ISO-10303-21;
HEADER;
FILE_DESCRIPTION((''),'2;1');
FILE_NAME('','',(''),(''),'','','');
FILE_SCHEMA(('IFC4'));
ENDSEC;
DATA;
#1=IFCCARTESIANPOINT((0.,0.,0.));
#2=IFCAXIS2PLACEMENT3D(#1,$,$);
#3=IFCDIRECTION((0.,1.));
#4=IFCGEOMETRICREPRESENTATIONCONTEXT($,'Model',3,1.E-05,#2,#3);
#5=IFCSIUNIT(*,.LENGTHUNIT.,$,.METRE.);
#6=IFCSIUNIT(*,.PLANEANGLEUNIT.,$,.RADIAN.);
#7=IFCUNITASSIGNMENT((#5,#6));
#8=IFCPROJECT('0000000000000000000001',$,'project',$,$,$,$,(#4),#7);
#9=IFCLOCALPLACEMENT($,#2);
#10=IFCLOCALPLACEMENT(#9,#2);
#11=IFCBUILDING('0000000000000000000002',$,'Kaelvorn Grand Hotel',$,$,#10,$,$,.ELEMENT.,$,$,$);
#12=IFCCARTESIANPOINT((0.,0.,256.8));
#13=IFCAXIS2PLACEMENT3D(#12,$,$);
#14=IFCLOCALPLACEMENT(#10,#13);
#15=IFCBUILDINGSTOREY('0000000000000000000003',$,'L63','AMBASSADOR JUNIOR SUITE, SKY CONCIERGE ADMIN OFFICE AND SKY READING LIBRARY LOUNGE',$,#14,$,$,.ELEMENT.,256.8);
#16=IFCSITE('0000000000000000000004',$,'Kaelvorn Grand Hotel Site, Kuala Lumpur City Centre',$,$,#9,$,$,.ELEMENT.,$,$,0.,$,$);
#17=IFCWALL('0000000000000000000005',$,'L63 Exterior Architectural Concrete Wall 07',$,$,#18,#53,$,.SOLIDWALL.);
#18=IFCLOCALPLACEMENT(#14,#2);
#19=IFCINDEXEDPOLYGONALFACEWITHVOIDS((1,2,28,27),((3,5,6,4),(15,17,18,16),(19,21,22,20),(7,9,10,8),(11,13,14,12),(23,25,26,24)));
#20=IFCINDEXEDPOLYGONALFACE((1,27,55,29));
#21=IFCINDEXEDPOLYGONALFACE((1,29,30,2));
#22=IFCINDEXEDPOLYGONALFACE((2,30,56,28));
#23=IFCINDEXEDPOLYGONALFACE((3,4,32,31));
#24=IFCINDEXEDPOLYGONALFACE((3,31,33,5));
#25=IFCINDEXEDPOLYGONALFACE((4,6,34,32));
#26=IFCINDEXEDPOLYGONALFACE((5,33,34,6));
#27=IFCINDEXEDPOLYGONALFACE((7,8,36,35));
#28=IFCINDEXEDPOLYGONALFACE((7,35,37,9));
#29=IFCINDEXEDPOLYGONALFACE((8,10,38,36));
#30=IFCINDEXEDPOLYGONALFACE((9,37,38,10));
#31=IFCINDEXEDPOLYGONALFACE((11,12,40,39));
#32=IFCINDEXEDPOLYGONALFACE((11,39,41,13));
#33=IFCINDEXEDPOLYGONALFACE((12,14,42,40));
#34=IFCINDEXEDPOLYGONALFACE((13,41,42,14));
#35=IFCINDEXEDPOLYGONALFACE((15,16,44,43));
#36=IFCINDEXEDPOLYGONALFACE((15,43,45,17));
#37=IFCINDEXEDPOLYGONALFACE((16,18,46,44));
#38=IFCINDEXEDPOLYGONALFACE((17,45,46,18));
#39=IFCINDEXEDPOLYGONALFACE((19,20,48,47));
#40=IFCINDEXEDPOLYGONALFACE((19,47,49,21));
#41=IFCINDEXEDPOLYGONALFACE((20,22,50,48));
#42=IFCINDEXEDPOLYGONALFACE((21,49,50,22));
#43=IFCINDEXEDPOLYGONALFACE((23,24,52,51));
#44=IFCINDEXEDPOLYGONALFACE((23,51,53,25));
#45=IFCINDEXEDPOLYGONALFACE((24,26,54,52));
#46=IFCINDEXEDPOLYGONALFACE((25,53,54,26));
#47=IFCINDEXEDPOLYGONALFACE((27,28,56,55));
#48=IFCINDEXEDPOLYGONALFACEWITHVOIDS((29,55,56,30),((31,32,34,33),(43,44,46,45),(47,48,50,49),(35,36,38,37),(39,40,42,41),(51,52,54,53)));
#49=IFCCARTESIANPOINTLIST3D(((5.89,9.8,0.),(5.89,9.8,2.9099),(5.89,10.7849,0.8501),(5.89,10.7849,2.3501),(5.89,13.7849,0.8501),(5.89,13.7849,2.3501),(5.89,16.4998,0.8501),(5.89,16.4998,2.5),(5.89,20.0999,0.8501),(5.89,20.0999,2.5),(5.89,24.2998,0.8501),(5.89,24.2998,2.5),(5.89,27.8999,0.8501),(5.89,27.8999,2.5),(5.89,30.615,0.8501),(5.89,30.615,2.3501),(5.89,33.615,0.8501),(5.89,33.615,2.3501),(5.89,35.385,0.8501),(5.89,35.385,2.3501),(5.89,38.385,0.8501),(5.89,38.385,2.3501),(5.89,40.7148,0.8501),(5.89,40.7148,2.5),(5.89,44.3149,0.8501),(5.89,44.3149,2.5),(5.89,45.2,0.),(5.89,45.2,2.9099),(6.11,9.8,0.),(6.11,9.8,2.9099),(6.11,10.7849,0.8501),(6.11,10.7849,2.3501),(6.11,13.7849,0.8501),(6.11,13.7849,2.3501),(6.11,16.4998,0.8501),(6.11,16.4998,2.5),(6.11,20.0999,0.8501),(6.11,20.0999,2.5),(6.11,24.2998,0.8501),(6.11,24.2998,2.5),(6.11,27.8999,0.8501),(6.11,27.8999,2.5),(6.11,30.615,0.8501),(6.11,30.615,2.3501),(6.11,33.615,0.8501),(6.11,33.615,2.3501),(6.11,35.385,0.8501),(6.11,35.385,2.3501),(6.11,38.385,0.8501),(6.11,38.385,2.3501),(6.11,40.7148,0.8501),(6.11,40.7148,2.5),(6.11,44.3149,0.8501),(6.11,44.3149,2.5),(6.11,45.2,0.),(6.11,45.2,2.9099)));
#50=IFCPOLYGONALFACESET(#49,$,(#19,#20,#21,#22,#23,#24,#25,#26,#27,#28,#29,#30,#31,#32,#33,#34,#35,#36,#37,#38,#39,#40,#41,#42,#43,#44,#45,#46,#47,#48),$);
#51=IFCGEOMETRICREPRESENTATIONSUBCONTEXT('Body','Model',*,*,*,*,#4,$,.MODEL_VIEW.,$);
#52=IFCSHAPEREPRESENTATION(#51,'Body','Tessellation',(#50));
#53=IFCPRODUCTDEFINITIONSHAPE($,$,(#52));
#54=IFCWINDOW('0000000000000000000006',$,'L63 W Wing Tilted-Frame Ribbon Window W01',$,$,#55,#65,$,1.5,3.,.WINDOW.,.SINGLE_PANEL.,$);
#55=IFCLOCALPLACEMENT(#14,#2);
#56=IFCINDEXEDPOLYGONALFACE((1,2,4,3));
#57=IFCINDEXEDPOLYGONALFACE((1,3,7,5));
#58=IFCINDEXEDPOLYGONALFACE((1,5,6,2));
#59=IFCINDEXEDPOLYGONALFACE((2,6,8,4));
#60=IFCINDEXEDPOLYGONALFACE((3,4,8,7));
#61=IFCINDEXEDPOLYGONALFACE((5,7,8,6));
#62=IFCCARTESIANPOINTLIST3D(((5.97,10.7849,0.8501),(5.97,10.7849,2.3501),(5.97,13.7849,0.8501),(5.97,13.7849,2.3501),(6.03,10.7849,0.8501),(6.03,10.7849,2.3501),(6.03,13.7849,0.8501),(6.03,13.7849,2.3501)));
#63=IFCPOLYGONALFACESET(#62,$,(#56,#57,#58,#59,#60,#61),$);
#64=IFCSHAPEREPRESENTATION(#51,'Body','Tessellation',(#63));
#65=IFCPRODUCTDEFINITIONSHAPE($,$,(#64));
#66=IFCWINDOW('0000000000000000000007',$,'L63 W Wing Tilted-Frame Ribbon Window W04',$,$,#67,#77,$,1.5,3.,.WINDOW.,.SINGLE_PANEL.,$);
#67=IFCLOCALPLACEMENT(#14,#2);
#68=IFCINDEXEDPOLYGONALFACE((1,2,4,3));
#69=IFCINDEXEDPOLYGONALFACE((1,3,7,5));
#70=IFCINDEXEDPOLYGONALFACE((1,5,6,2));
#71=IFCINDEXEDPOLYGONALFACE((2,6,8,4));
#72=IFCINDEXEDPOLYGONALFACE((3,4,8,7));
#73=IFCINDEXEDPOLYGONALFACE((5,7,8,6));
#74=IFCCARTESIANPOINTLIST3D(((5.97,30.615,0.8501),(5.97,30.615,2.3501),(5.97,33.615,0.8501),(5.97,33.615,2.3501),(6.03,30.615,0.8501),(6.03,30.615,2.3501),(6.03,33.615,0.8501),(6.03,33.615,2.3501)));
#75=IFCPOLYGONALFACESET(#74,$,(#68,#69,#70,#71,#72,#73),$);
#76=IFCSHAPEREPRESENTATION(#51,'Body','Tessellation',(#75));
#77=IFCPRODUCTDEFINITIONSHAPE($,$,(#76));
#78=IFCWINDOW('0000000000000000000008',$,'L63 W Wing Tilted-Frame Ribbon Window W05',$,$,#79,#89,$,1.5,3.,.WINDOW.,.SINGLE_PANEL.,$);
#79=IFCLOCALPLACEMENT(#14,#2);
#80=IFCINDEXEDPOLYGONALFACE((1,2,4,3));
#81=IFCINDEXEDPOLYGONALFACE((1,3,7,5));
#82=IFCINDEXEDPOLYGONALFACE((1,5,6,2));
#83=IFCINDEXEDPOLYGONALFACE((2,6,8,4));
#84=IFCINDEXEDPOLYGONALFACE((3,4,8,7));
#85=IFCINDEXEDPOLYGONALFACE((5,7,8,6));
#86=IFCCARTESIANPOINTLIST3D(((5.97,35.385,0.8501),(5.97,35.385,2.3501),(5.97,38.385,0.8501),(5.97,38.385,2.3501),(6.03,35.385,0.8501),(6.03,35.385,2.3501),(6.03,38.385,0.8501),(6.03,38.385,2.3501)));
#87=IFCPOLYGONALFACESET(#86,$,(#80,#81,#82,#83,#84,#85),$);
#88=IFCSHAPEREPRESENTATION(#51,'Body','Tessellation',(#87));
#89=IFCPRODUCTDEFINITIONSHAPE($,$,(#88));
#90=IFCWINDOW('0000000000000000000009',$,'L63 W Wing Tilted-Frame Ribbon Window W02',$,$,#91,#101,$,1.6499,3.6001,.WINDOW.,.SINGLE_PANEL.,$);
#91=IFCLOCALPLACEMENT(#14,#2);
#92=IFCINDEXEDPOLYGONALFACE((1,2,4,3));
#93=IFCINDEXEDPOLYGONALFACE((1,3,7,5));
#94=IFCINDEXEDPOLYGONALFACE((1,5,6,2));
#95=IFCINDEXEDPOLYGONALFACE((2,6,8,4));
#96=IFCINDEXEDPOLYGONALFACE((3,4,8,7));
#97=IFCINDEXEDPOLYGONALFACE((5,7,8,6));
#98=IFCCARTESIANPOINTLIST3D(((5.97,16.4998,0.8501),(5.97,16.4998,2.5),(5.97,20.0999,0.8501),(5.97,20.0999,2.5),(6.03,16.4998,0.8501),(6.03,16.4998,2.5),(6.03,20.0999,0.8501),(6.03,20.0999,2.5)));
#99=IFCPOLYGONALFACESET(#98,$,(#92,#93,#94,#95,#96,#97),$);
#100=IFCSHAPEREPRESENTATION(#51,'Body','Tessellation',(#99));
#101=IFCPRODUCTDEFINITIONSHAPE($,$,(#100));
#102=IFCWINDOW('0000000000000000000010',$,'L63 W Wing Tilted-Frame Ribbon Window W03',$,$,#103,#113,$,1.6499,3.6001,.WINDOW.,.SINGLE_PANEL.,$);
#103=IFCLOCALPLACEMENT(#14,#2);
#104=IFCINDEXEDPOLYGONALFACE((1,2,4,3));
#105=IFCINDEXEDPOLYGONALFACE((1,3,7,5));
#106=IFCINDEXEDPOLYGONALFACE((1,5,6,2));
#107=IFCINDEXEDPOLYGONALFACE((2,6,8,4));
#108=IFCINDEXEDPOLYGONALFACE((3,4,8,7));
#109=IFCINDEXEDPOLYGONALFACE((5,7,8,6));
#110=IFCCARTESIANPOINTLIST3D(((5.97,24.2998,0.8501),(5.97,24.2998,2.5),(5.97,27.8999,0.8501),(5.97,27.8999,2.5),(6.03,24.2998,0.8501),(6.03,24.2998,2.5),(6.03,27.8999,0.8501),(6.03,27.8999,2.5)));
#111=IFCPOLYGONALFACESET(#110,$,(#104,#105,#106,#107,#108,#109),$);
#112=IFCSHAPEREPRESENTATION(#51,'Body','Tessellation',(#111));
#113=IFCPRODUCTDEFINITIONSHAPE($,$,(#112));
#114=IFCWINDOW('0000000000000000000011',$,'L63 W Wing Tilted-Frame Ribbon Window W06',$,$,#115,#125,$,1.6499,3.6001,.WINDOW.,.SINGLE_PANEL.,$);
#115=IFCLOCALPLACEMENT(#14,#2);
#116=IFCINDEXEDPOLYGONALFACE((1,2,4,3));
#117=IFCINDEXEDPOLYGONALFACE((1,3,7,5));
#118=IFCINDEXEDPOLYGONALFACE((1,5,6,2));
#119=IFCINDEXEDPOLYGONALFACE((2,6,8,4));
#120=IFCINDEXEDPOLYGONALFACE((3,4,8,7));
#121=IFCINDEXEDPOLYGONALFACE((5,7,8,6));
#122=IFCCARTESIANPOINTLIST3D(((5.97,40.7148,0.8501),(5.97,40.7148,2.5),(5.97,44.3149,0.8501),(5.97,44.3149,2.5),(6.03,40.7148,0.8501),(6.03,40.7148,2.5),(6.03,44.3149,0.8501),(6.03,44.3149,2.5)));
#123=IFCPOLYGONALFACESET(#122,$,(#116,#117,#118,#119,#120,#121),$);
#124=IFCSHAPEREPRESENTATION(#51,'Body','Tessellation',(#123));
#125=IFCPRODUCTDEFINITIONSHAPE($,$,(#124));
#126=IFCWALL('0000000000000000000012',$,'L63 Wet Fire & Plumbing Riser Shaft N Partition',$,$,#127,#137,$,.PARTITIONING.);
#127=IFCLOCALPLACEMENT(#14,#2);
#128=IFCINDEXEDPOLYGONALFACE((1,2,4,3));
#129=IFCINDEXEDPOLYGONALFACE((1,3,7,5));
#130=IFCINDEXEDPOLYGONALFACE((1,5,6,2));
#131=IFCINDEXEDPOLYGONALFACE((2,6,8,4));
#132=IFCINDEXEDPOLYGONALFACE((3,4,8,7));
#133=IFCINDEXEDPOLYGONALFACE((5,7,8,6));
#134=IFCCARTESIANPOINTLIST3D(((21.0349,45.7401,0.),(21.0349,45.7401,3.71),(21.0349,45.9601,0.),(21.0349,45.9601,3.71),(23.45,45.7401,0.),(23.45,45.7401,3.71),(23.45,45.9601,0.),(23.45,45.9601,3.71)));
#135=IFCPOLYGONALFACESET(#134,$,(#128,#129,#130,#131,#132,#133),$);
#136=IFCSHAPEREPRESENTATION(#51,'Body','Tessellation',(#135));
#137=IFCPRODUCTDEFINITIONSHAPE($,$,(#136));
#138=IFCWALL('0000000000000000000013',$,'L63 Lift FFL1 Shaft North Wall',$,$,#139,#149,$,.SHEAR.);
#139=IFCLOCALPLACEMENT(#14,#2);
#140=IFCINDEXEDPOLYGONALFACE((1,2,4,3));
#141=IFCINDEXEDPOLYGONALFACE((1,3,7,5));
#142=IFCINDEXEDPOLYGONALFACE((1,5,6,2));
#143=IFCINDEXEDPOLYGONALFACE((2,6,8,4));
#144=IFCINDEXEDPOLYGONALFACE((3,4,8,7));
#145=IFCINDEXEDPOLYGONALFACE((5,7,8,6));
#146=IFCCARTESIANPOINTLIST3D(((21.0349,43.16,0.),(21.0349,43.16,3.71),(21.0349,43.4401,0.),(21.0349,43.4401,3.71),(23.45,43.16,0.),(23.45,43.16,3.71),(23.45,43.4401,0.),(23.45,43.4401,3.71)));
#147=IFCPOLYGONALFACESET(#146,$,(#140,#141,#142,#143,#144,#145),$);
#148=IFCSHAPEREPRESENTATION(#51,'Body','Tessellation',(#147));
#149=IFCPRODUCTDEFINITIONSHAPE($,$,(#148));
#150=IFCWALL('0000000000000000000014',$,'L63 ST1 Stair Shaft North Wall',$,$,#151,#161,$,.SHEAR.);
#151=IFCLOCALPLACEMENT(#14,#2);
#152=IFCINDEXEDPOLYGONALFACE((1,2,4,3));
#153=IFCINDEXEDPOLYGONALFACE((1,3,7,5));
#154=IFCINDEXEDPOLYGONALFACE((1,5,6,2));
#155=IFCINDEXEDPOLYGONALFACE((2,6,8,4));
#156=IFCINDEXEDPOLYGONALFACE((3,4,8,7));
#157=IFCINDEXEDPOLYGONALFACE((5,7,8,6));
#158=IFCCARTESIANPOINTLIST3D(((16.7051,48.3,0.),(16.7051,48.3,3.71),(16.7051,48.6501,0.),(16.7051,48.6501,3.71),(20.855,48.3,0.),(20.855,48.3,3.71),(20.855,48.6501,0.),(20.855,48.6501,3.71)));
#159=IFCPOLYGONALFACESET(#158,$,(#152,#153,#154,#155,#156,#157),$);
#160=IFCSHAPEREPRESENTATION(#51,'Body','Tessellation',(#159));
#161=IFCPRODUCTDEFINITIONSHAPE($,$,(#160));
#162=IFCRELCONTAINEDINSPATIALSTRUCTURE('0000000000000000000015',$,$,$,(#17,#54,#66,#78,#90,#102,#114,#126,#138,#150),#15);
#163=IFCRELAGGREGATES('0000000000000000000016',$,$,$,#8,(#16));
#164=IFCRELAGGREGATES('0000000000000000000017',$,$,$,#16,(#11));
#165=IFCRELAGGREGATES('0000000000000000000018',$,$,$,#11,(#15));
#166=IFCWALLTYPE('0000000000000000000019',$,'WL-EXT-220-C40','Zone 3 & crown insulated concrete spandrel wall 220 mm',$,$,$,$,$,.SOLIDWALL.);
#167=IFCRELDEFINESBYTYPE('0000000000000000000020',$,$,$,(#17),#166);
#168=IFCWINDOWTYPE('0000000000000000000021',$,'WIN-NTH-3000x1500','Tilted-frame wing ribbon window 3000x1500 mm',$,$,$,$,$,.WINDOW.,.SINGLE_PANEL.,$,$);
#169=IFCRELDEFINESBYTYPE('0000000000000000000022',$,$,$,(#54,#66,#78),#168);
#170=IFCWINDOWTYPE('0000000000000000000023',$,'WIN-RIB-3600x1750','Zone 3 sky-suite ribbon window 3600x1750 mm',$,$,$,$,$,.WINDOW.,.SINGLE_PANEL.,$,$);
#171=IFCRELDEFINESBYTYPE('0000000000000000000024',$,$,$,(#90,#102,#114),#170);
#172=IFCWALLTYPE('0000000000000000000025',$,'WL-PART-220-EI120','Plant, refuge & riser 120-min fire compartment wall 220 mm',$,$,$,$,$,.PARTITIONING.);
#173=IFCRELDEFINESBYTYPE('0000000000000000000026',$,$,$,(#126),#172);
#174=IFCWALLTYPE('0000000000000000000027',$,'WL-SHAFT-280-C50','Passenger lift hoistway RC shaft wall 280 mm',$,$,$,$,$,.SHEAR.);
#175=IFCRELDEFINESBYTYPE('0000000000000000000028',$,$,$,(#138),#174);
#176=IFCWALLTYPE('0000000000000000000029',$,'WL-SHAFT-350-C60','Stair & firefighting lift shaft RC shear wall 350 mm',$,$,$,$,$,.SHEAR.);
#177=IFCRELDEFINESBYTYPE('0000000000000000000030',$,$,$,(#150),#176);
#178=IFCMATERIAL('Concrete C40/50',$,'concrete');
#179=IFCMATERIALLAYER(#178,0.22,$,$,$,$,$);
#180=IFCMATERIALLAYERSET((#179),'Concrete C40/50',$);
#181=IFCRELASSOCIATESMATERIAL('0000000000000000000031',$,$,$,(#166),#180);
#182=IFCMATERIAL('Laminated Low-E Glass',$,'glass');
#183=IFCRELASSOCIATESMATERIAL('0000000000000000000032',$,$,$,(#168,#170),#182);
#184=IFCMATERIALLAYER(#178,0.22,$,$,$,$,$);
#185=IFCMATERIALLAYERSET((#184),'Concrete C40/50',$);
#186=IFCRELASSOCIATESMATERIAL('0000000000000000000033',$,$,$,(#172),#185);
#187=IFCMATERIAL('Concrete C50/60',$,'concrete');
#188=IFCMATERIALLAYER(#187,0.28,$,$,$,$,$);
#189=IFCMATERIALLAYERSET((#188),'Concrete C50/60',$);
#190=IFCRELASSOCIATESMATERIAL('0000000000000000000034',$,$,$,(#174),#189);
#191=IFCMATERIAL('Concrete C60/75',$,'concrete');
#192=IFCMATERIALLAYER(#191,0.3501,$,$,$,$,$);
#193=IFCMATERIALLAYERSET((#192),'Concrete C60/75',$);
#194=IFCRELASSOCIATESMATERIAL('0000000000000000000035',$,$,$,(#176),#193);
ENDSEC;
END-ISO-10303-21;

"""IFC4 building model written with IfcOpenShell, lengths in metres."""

from ifc_helpers import new_model, si_unit, direction, frame, frame_2d, origin, place, context, subcontext, project, spatial, rectangle, extrude, material, layer, layer_set, type_object, element, fill, save


model = new_model("IFC4")

# Units and contexts
model_context = context("Model", 3, precision=1e-05, world=origin(), true_north=direction((0.0, 1.0)))
body_context = subcontext(model_context, "Body", "Model", "MODEL_VIEW")
ifc_project = project(units=[si_unit("LENGTHUNIT", "METRE"), si_unit("PLANEANGLEUNIT", "RADIAN")], contexts=[model_context])

# Site, building, storey
site_placement = place(None, origin())
site = spatial("IfcSite", under=ifc_project, at=site_placement, Name="Kaelvorn Grand Hotel Site, Kuala Lumpur City Centre", CompositionType="ELEMENT", RefElevation=0.0)
building_placement = place(site_placement, origin())
building = spatial("IfcBuilding", under=site, at=building_placement, Name="Kaelvorn Grand Hotel", CompositionType="ELEMENT")
storey_placement = place(building_placement, frame((0.0, 0.0, 256.8)))
storey = spatial("IfcBuildingStorey", under=building, at=storey_placement, Name="L63", Description="AMBASSADOR JUNIOR SUITE, SKY CONCIERGE ADMIN OFFICE AND SKY READING LIBRARY LOUNGE", CompositionType="ELEMENT", Elevation=256.8)

# Shared definitions
ifc_material_1 = material(Name="Concrete C60/75", Category="concrete")
ifc_material_2 = material(Name="Concrete C50/60", Category="concrete")

# Shared definitions
ifc_material_3 = material(Name="Concrete C40/50", Category="concrete")
ifc_layer_1 = layer(ifc_material_3, 0.22)
ifc_layer_set_1 = layer_set([ifc_layer_1], Name="Concrete C40/50")
wall_type_1 = type_object("IfcWallType", Name="WL-EXT-220-C40", Description="Zone 3 & crown insulated concrete spandrel wall 220 mm", PredefinedType="SOLIDWALL", material=ifc_layer_set_1)
ifc_material_4 = material(Name="Laminated Low-E Glass", Category="glass")

# Wall, openings, windows
wall_1_placement = place(storey_placement, frame((6.0, 45.2, 0.0), z_axis=(0.0, 0.0, 1.0), x_axis=(0.0, -1.0, 0.0)))
wall_1 = element("IfcWall", 1, at=wall_1_placement, inside=storey, type_object=wall_type_1, Name="L63 Exterior Architectural Concrete Wall 07", PredefinedType="SOLIDWALL", context=body_context, shape_type="SweptSolid", body=[
    extrude(rectangle(XDim=35.3999, YDim=0.22, at=frame_2d((17.7, 0.0))), origin(), (0.0, 0.0, 1.0), 2.9099),
])
opening_1_placement = place(wall_1_placement, frame((31.415, 0.0, 0.8501)))
opening_1 = element("IfcOpeningElement", 2, at=opening_1_placement, cuts=wall_1, PredefinedType="OPENING", context=body_context, shape_type="SweptSolid", body=[
    extrude(rectangle(XDim=3.0, YDim=1.5, at=frame_2d((1.5, 0.75))), frame((0.0, 0.1201, 0.0), z_axis=(0.0, -1.0, 0.0), x_axis=(1.0, 0.0, 0.0)), (0.0, 0.0, 1.0), 0.24),
])
opening_2_placement = place(wall_1_placement, frame((25.1001, 0.0, 0.8501)))
opening_2 = element("IfcOpeningElement", 3, at=opening_2_placement, cuts=wall_1, PredefinedType="OPENING", context=body_context, shape_type="SweptSolid", body=[
    extrude(rectangle(XDim=3.6001, YDim=1.6499, at=frame_2d((1.8, 0.825))), frame((0.0, 0.1201, 0.0), z_axis=(0.0, -1.0, 0.0), x_axis=(1.0, 0.0, 0.0)), (0.0, 0.0, 1.0), 0.24),
])
opening_3_placement = place(wall_1_placement, frame((17.3, 0.0, 0.8501)))
opening_3 = element("IfcOpeningElement", 4, at=opening_3_placement, cuts=wall_1, PredefinedType="OPENING", context=body_context, shape_type="SweptSolid", body=[
    extrude(rectangle(XDim=3.6001, YDim=1.6499, at=frame_2d((1.8, 0.825))), frame((0.0, 0.1201, 0.0), z_axis=(0.0, -1.0, 0.0), x_axis=(1.0, 0.0, 0.0)), (0.0, 0.0, 1.0), 0.24),
])
opening_4_placement = place(wall_1_placement, frame((11.585, 0.0, 0.8501)))
opening_4 = element("IfcOpeningElement", 5, at=opening_4_placement, cuts=wall_1, PredefinedType="OPENING", context=body_context, shape_type="SweptSolid", body=[
    extrude(rectangle(XDim=3.0, YDim=1.5, at=frame_2d((1.5, 0.75))), frame((0.0, 0.1201, 0.0), z_axis=(0.0, -1.0, 0.0), x_axis=(1.0, 0.0, 0.0)), (0.0, 0.0, 1.0), 0.24),
])
opening_5_placement = place(wall_1_placement, frame((6.8149, 0.0, 0.8501)))
opening_5 = element("IfcOpeningElement", 6, at=opening_5_placement, cuts=wall_1, PredefinedType="OPENING", context=body_context, shape_type="SweptSolid", body=[
    extrude(rectangle(XDim=3.0, YDim=1.5, at=frame_2d((1.5, 0.75))), frame((0.0, 0.1201, 0.0), z_axis=(0.0, -1.0, 0.0), x_axis=(1.0, 0.0, 0.0)), (0.0, 0.0, 1.0), 0.24),
])
opening_6_placement = place(wall_1_placement, frame((0.885, 0.0, 0.8501)))
opening_6 = element("IfcOpeningElement", 7, at=opening_6_placement, cuts=wall_1, PredefinedType="OPENING", context=body_context, shape_type="SweptSolid", body=[
    extrude(rectangle(XDim=3.6001, YDim=1.6499, at=frame_2d((1.8, 0.825))), frame((0.0, 0.1201, 0.0), z_axis=(0.0, -1.0, 0.0), x_axis=(1.0, 0.0, 0.0)), (0.0, 0.0, 1.0), 0.24),
])
window_type_1 = type_object("IfcWindowType", Name="WIN-NTH-3000x1500", Description="Tilted-frame wing ribbon window 3000x1500 mm", PartitioningType="SINGLE_PANEL", PredefinedType="WINDOW", material=ifc_material_4)
window_1_placement = place(opening_1_placement, origin())
window_1 = element("IfcWindow", 8, at=window_1_placement, inside=storey, type_object=window_type_1, Name="L63 W Wing Tilted-Frame Ribbon Window W01", OverallHeight=1.5, OverallWidth=3.0, PartitioningType="SINGLE_PANEL", PredefinedType="WINDOW", context=body_context, shape_type="SweptSolid", body=[
    extrude(rectangle(XDim=3.0, YDim=1.5, at=frame_2d((1.5, 0.75))), frame((0.0, 0.03, 0.0), z_axis=(0.0, -1.0, 0.0), x_axis=(1.0, 0.0, 0.0)), (0.0, 0.0, 1.0), 0.0601),
])
fill(opening_1, window_1)
window_2_placement = place(opening_4_placement, origin())
window_2 = element("IfcWindow", 9, at=window_2_placement, inside=storey, type_object=window_type_1, Name="L63 W Wing Tilted-Frame Ribbon Window W04", OverallHeight=1.5, OverallWidth=3.0, PartitioningType="SINGLE_PANEL", PredefinedType="WINDOW", context=body_context, shape_type="SweptSolid", body=[
    extrude(rectangle(XDim=3.0, YDim=1.5, at=frame_2d((1.5, 0.75))), frame((0.0, 0.03, 0.0), z_axis=(0.0, -1.0, 0.0), x_axis=(1.0, 0.0, 0.0)), (0.0, 0.0, 1.0), 0.0601),
])
fill(opening_4, window_2)
window_3_placement = place(opening_5_placement, origin())
window_3 = element("IfcWindow", 10, at=window_3_placement, inside=storey, type_object=window_type_1, Name="L63 W Wing Tilted-Frame Ribbon Window W05", OverallHeight=1.5, OverallWidth=3.0, PartitioningType="SINGLE_PANEL", PredefinedType="WINDOW", context=body_context, shape_type="SweptSolid", body=[
    extrude(rectangle(XDim=3.0, YDim=1.5, at=frame_2d((1.5, 0.75))), frame((0.0, 0.03, 0.0), z_axis=(0.0, -1.0, 0.0), x_axis=(1.0, 0.0, 0.0)), (0.0, 0.0, 1.0), 0.0601),
])
fill(opening_5, window_3)
window_type_2 = type_object("IfcWindowType", Name="WIN-RIB-3600x1750", Description="Zone 3 sky-suite ribbon window 3600x1750 mm", PartitioningType="SINGLE_PANEL", PredefinedType="WINDOW", material=ifc_material_4)
window_4_placement = place(opening_2_placement, origin())
window_4 = element("IfcWindow", 11, at=window_4_placement, inside=storey, type_object=window_type_2, Name="L63 W Wing Tilted-Frame Ribbon Window W02", OverallHeight=1.6499, OverallWidth=3.6001, PartitioningType="SINGLE_PANEL", PredefinedType="WINDOW", context=body_context, shape_type="SweptSolid", body=[
    extrude(rectangle(XDim=3.6001, YDim=1.6499, at=frame_2d((1.8, 0.825))), frame((0.0, 0.03, 0.0), z_axis=(0.0, -1.0, 0.0), x_axis=(1.0, 0.0, 0.0)), (0.0, 0.0, 1.0), 0.0601),
])
fill(opening_2, window_4)
window_5_placement = place(opening_3_placement, origin())
window_5 = element("IfcWindow", 12, at=window_5_placement, inside=storey, type_object=window_type_2, Name="L63 W Wing Tilted-Frame Ribbon Window W03", OverallHeight=1.6499, OverallWidth=3.6001, PartitioningType="SINGLE_PANEL", PredefinedType="WINDOW", context=body_context, shape_type="SweptSolid", body=[
    extrude(rectangle(XDim=3.6001, YDim=1.6499, at=frame_2d((1.8, 0.825))), frame((0.0, 0.03, 0.0), z_axis=(0.0, -1.0, 0.0), x_axis=(1.0, 0.0, 0.0)), (0.0, 0.0, 1.0), 0.0601),
])
fill(opening_3, window_5)
window_6_placement = place(opening_6_placement, origin())
window_6 = element("IfcWindow", 13, at=window_6_placement, inside=storey, type_object=window_type_2, Name="L63 W Wing Tilted-Frame Ribbon Window W06", OverallHeight=1.6499, OverallWidth=3.6001, PartitioningType="SINGLE_PANEL", PredefinedType="WINDOW", context=body_context, shape_type="SweptSolid", body=[
    extrude(rectangle(XDim=3.6001, YDim=1.6499, at=frame_2d((1.8, 0.825))), frame((0.0, 0.03, 0.0), z_axis=(0.0, -1.0, 0.0), x_axis=(1.0, 0.0, 0.0)), (0.0, 0.0, 1.0), 0.0601),
])
fill(opening_6, window_6)

# Walls
ifc_layer_2 = layer(ifc_material_3, 0.22)
ifc_layer_set_2 = layer_set([ifc_layer_2], Name="Concrete C40/50")
wall_type_2 = type_object("IfcWallType", Name="WL-PART-220-EI120", Description="Plant, refuge & riser 120-min fire compartment wall 220 mm", PredefinedType="PARTITIONING", material=ifc_layer_set_2)
wall_2_placement = place(storey_placement, frame((21.0349, 45.8501, 0.0), z_axis=(0.0, 0.0, 1.0), x_axis=(1.0, 0.0, 0.0)))
element("IfcWall", 14, at=wall_2_placement, inside=storey, type_object=wall_type_2, Name="L63 Wet Fire & Plumbing Riser Shaft N Partition", PredefinedType="PARTITIONING", context=body_context, shape_type="SweptSolid", body=[
    extrude(rectangle(XDim=2.415, YDim=0.22, at=frame_2d((1.2075, 0.0))), origin(), (0.0, 0.0, 1.0), 3.71),
])
ifc_layer_3 = layer(ifc_material_2, 0.28)
ifc_layer_set_3 = layer_set([ifc_layer_3], Name="Concrete C50/60")
wall_type_3 = type_object("IfcWallType", Name="WL-SHAFT-280-C50", Description="Passenger lift hoistway RC shaft wall 280 mm", PredefinedType="SHEAR", material=ifc_layer_set_3)
wall_3_placement = place(storey_placement, frame((21.0349, 43.3, 0.0), z_axis=(0.0, 0.0, 1.0), x_axis=(1.0, 0.0, 0.0)))
element("IfcWall", 15, at=wall_3_placement, inside=storey, type_object=wall_type_3, Name="L63 Lift FFL1 Shaft North Wall", PredefinedType="SHEAR", context=body_context, shape_type="SweptSolid", body=[
    extrude(rectangle(XDim=2.415, YDim=0.28, at=frame_2d((1.2075, 0.0))), origin(), (0.0, 0.0, 1.0), 3.71),
])
ifc_layer_4 = layer(ifc_material_1, 0.3501)
ifc_layer_set_4 = layer_set([ifc_layer_4], Name="Concrete C60/75")
wall_type_4 = type_object("IfcWallType", Name="WL-SHAFT-350-C60", Description="Stair & firefighting lift shaft RC shear wall 350 mm", PredefinedType="SHEAR", material=ifc_layer_set_4)
wall_4_placement = place(storey_placement, frame((16.7051, 48.4751, 0.0), z_axis=(0.0, 0.0, 1.0), x_axis=(1.0, 0.0, 0.0)))
element("IfcWall", 16, at=wall_4_placement, inside=storey, type_object=wall_type_4, Name="L63 ST1 Stair Shaft North Wall", PredefinedType="SHEAR", context=body_context, shape_type="SweptSolid", body=[
    extrude(rectangle(XDim=4.1499, YDim=0.3501, at=frame_2d((2.075, 0.0))), origin(), (0.0, 0.0, 1.0), 3.71),
])

save(model, "model.ifc")
